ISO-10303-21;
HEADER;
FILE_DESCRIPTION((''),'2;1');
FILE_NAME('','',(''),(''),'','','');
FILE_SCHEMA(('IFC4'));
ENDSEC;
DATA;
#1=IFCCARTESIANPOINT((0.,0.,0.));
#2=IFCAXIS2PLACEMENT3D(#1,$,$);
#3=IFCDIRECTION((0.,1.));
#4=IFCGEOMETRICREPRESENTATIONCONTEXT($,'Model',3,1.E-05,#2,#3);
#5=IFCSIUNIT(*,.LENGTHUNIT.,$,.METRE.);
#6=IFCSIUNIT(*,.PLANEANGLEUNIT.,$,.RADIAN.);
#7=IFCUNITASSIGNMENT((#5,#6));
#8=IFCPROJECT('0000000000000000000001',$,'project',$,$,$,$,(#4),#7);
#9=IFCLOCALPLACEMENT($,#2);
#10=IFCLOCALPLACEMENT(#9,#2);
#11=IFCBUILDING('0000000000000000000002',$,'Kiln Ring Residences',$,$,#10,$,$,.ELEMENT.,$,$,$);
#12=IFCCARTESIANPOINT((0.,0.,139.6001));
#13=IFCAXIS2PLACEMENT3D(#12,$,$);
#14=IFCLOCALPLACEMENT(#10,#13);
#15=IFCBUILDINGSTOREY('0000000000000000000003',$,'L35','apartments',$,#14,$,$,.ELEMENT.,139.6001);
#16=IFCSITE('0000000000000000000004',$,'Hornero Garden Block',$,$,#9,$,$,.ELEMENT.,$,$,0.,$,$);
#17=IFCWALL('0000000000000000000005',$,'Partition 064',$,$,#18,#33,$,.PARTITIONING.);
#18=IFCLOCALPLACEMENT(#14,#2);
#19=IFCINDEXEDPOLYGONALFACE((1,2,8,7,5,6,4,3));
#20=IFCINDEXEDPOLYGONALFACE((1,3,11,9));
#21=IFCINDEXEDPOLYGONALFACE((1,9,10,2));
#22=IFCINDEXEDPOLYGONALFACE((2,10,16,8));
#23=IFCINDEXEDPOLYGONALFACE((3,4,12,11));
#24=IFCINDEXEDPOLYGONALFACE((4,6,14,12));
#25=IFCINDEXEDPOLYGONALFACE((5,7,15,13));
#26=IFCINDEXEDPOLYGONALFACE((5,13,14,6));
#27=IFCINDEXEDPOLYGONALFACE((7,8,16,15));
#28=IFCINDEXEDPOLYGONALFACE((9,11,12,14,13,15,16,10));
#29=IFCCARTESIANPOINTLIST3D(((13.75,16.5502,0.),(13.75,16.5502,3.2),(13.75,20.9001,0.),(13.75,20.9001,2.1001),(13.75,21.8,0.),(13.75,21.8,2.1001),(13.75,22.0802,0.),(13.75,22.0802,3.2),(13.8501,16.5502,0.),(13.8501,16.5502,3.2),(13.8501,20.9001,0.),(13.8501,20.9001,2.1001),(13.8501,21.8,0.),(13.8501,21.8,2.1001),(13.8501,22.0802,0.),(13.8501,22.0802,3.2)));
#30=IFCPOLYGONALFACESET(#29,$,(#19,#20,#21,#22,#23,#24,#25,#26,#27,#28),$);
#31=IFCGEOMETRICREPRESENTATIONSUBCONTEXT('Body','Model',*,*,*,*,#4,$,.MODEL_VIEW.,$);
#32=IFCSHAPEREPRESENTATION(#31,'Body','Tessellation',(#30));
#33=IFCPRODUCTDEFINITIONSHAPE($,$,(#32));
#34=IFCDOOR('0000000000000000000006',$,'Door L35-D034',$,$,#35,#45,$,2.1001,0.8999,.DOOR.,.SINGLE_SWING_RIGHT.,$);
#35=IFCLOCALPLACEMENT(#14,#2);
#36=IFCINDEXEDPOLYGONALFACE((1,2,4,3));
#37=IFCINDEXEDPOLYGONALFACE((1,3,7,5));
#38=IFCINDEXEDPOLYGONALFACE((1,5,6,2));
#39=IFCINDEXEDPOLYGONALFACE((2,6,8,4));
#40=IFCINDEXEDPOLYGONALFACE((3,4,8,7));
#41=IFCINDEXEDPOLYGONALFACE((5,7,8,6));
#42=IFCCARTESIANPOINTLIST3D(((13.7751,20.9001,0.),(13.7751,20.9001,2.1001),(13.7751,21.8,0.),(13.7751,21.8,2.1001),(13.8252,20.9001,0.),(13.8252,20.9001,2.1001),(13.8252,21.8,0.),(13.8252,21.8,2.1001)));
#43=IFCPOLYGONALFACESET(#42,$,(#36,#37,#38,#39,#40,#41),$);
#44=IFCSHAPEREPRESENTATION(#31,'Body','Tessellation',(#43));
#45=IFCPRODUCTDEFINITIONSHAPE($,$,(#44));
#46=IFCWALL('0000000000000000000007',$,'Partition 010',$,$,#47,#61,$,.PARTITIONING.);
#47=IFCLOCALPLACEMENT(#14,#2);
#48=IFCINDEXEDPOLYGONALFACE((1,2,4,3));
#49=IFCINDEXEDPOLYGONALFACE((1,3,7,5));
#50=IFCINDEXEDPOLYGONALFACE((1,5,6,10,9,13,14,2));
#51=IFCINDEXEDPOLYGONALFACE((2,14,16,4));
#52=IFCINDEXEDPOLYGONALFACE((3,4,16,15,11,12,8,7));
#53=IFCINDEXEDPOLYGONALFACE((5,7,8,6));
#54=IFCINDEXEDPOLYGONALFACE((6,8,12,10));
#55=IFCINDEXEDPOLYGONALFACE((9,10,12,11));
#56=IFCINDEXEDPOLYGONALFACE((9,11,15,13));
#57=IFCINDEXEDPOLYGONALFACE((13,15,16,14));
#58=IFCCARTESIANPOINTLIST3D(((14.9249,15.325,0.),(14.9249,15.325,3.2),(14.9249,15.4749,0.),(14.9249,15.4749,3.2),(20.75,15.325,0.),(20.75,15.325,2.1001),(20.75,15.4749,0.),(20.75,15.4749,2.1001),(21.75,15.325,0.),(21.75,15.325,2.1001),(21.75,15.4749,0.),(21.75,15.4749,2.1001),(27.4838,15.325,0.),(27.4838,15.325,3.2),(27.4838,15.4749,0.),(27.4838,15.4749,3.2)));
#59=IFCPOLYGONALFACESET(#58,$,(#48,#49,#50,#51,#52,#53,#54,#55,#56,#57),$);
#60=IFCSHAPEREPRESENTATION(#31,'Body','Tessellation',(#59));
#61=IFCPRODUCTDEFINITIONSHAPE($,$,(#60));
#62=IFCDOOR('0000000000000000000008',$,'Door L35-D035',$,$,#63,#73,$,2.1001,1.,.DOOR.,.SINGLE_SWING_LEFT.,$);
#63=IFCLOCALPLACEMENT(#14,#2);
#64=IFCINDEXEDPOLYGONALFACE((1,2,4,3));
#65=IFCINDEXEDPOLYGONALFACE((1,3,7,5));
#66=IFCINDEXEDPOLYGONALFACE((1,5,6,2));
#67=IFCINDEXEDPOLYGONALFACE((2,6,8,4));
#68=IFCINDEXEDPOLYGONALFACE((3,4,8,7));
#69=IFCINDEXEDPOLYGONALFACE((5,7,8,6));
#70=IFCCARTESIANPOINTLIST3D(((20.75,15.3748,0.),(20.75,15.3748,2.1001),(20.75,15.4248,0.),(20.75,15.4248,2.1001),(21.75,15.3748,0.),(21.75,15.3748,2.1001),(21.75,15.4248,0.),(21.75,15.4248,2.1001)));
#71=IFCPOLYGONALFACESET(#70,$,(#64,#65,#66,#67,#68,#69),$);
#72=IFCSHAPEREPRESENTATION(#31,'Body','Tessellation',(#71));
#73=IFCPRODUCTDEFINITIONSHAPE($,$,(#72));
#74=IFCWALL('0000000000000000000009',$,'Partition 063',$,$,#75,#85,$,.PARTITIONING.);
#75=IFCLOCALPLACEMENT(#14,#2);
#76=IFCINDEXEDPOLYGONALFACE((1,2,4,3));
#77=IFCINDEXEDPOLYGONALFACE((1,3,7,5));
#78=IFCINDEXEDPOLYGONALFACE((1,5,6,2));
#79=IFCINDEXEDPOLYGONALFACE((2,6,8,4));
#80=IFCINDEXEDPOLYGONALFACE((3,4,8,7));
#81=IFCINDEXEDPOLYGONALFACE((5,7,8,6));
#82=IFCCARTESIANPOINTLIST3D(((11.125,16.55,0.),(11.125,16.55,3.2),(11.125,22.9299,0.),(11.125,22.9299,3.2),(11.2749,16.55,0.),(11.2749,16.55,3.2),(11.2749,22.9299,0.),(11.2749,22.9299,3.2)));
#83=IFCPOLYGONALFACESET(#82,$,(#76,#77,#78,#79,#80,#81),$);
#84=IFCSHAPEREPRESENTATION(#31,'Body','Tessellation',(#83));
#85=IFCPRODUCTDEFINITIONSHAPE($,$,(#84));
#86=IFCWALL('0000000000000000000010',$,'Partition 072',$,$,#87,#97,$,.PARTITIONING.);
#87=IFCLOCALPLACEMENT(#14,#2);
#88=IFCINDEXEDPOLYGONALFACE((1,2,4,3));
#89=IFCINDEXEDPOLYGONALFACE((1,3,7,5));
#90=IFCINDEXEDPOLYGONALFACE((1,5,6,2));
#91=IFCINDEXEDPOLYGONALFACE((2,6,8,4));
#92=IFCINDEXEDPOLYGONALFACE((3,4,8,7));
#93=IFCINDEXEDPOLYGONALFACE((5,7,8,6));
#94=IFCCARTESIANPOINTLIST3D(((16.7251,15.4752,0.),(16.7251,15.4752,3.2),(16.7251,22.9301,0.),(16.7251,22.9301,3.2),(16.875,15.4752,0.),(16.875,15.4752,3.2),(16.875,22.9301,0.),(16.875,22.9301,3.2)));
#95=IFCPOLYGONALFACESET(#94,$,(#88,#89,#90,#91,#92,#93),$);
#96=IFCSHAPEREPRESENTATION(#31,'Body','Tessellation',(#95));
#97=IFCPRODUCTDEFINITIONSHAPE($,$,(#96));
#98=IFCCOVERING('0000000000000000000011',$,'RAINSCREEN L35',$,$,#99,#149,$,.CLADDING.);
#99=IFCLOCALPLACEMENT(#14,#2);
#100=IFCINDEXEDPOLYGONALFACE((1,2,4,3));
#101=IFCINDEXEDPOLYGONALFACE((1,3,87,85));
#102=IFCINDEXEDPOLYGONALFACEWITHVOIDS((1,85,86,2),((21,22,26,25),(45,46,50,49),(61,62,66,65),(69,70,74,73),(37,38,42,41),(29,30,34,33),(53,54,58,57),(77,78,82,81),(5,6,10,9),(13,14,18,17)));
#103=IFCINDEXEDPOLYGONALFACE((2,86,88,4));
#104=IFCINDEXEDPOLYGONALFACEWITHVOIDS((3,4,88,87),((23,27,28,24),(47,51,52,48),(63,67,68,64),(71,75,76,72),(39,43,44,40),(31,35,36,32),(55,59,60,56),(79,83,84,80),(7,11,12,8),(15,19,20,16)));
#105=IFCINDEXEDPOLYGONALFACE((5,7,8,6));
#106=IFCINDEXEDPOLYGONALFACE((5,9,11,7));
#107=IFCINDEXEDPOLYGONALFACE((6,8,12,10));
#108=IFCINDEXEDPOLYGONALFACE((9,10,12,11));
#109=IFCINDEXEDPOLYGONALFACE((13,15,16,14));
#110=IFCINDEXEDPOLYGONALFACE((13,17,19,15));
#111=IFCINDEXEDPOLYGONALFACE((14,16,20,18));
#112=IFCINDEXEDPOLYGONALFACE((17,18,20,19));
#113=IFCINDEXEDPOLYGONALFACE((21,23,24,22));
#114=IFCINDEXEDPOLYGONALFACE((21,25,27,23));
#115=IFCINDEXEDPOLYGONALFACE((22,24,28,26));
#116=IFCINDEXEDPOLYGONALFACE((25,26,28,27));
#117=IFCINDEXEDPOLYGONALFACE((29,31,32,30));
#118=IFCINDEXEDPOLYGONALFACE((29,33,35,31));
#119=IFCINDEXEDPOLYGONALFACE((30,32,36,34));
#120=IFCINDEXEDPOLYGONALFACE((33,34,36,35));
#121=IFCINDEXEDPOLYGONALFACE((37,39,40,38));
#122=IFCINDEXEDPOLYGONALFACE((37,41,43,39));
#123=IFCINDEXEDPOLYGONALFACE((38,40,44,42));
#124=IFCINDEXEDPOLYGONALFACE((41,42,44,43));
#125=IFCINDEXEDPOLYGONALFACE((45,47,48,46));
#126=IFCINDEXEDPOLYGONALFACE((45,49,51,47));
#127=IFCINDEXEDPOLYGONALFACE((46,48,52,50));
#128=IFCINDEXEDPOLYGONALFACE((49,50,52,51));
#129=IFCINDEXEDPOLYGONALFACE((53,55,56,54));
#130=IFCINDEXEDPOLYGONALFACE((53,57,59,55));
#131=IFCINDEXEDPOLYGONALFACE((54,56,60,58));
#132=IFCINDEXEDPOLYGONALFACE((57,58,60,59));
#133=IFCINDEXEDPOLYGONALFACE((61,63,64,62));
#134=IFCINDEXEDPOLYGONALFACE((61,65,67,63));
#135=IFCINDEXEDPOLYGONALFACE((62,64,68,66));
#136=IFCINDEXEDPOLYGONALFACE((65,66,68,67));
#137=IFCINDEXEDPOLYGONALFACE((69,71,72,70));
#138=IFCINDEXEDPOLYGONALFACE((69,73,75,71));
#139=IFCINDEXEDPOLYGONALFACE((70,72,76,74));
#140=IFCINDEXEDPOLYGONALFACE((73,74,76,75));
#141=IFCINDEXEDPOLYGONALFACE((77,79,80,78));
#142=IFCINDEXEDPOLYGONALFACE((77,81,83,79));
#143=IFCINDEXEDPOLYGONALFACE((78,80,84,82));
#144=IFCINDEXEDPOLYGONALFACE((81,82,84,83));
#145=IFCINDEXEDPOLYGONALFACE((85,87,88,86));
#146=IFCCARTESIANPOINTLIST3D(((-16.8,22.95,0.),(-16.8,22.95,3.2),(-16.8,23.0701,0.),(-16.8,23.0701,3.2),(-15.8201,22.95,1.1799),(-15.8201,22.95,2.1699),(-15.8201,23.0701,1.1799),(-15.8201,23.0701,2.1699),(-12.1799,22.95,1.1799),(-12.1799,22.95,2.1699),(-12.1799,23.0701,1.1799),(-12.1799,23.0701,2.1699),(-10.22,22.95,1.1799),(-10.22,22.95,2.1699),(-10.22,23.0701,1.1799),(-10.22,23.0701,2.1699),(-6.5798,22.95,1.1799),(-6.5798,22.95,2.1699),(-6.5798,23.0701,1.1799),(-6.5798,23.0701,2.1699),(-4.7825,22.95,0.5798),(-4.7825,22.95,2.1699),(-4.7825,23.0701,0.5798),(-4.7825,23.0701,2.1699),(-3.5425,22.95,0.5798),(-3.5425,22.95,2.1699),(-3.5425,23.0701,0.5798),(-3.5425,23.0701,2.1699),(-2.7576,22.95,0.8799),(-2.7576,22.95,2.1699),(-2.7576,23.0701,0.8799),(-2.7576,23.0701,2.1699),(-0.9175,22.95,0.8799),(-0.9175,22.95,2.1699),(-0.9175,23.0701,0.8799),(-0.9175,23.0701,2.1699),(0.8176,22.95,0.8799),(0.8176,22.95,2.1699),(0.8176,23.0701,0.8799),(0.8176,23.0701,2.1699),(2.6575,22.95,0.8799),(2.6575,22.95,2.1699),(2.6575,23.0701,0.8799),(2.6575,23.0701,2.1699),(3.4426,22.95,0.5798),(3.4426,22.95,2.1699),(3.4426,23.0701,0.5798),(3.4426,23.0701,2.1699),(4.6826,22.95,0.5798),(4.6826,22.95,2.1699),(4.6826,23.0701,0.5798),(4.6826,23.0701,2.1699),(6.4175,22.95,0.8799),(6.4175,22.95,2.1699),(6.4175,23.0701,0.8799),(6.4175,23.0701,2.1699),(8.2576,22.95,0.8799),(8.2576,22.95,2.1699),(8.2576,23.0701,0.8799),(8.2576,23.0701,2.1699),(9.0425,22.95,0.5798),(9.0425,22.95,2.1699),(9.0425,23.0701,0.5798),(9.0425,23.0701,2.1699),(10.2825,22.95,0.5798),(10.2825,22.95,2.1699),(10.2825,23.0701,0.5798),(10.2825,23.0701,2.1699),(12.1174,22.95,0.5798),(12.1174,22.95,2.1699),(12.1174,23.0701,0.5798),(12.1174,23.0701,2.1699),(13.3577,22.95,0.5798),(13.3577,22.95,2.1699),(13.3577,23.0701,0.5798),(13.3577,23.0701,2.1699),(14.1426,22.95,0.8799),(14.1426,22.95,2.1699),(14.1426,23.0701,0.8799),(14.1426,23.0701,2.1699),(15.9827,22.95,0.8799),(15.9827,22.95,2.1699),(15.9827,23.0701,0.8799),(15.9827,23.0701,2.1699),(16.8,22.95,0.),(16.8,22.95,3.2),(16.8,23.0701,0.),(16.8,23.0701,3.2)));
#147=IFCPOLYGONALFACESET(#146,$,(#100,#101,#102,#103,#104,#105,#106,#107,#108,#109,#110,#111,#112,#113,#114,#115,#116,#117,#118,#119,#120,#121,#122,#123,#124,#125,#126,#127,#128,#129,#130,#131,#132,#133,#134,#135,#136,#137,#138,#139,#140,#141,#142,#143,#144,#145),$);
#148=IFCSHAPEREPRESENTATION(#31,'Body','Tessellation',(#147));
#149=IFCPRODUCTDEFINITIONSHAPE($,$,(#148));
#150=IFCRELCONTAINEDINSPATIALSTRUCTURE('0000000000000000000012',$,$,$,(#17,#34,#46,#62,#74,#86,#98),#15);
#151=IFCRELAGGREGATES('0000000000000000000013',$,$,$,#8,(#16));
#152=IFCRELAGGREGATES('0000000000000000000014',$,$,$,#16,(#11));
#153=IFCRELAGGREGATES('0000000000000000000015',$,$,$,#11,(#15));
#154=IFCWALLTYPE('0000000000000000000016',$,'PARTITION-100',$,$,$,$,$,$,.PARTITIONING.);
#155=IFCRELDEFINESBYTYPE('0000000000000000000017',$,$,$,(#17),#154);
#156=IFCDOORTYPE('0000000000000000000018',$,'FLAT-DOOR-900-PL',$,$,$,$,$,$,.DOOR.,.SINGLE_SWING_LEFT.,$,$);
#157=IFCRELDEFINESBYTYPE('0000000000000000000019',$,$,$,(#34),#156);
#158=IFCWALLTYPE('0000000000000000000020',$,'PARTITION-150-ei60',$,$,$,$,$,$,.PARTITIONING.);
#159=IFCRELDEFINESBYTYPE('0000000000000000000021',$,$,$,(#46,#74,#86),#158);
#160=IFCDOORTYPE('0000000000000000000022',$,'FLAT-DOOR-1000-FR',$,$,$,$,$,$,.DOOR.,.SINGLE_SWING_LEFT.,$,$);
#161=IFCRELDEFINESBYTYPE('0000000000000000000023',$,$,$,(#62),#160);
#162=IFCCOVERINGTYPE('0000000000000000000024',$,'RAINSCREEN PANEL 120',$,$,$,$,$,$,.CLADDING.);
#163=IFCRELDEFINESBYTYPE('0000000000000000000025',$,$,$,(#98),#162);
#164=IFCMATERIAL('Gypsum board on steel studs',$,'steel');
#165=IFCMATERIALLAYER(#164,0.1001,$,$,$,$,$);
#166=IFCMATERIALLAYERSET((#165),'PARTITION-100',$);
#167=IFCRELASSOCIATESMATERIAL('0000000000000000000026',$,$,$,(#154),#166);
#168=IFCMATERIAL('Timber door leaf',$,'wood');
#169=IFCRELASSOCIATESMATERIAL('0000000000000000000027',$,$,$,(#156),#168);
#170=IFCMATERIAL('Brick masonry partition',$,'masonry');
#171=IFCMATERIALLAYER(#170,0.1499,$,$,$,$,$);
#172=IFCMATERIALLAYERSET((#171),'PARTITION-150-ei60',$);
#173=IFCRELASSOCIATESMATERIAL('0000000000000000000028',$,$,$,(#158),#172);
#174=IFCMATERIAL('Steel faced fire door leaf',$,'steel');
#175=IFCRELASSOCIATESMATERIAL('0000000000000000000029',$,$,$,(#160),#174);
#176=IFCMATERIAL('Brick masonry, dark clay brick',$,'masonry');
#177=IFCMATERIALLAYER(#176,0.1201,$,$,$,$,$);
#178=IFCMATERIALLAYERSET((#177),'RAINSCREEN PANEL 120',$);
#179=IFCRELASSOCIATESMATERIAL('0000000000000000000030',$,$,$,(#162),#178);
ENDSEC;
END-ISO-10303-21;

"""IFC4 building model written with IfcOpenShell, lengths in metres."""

from ifc_helpers import new_model, si_unit, direction, frame, frame_2d, origin, place, context, subcontext, project, spatial, polyline, rectangle, outline, extrude, material, layer, layer_set, type_object, element, fill, save


model = new_model("IFC4")

# Units and contexts
model_context = context("Model", 3, precision=1e-05, world=origin(), true_north=direction((0.0, 1.0)))
body_context = subcontext(model_context, "Body", "Model", "MODEL_VIEW")
ifc_project = project(units=[si_unit("LENGTHUNIT", "METRE"), si_unit("PLANEANGLEUNIT", "RADIAN")], contexts=[model_context])

# Site, building, storey
site_placement = place(None, origin())
site = spatial("IfcSite", under=ifc_project, at=site_placement, Name="Hornero Garden Block", CompositionType="ELEMENT", RefElevation=0.0)
building_placement = place(site_placement, origin())
building = spatial("IfcBuilding", under=site, at=building_placement, Name="Kiln Ring Residences", CompositionType="ELEMENT")
storey_placement = place(building_placement, frame((0.0, 0.0, 139.6001)))
storey = spatial("IfcBuildingStorey", under=building, at=storey_placement, Name="L35", Description="apartments", CompositionType="ELEMENT", Elevation=139.6001)

# Shared definitions
ifc_material_1 = material(Name="Gypsum board on steel studs", Category="steel")
ifc_layer_1 = layer(ifc_material_1, 0.1001)
ifc_layer_set_1 = layer_set([ifc_layer_1], Name="PARTITION-100")
wall_type_1 = type_object("IfcWallType", Name="PARTITION-100", PredefinedType="PARTITIONING", material=ifc_layer_set_1)
ifc_material_2 = material(Name="Timber door leaf", Category="wood")
door_type_1 = type_object("IfcDoorType", Name="FLAT-DOOR-900-PL", OperationType="SINGLE_SWING_LEFT", PredefinedType="DOOR", material=ifc_material_2)

# Walls, openings, doors
wall_1_placement = place(storey_placement, frame((13.8, 16.55, 0.0), z_axis=(0.0, 0.0, 1.0), x_axis=(0.0, 1.0, 0.0)))
wall_1 = element("IfcWall", 1, at=wall_1_placement, inside=storey, type_object=wall_type_1, Name="Partition 064", PredefinedType="PARTITIONING", context=body_context, shape_type="SweptSolid", body=[
    extrude(rectangle(XDim=5.53, YDim=0.1001, at=frame_2d((2.7651, 0.0))), origin(), (0.0, 0.0, 1.0), 3.2),
])
opening_1_placement = place(wall_1_placement, frame((4.3501, 0.0, 0.0)))
opening_1 = element("IfcOpeningElement", 2, at=opening_1_placement, cuts=wall_1, PredefinedType="OPENING", context=body_context, shape_type="SweptSolid", body=[
    extrude(rectangle(XDim=0.8999, YDim=2.1001, at=frame_2d((0.45, 1.05))), frame((0.0, 0.0601, 0.0), z_axis=(0.0, -1.0, 0.0), x_axis=(1.0, 0.0, 0.0)), (0.0, 0.0, 1.0), 0.1201),
])
door_1_placement = place(opening_1_placement, origin())
door_1 = element("IfcDoor", 3, at=door_1_placement, inside=storey, type_object=door_type_1, Name="Door L35-D034", OperationType="SINGLE_SWING_RIGHT", OverallHeight=2.1001, OverallWidth=0.8999, PredefinedType="DOOR", context=body_context, shape_type="SweptSolid", body=[
    extrude(rectangle(XDim=0.8999, YDim=2.1001, at=frame_2d((0.45, 1.05))), frame((0.0, 0.0249, 0.0), z_axis=(0.0, -1.0, 0.0), x_axis=(1.0, 0.0, 0.0)), (0.0, 0.0, 1.0), 0.05),
])
fill(opening_1, door_1)
ifc_material_3 = material(Name="Brick masonry partition", Category="masonry")
ifc_layer_2 = layer(ifc_material_3, 0.1499)
ifc_layer_set_2 = layer_set([ifc_layer_2], Name="PARTITION-150-ei60")
wall_type_2 = type_object("IfcWallType", Name="PARTITION-150-ei60", PredefinedType="PARTITIONING", material=ifc_layer_set_2)
wall_2_placement = place(storey_placement, frame((14.925, 15.3999, 0.0), z_axis=(0.0, 0.0, 1.0), x_axis=(1.0, 0.0, 0.0)))
wall_2 = element("IfcWall", 4, at=wall_2_placement, inside=storey, type_object=wall_type_2, Name="Partition 010", PredefinedType="PARTITIONING", context=body_context, shape_type="SweptSolid", body=[
    extrude(rectangle(XDim=12.5588, YDim=0.1499, at=frame_2d((6.2793, 0.0))), origin(), (0.0, 0.0, 1.0), 3.2),
])
opening_2_placement = place(wall_2_placement, frame((5.825, 0.0, 0.0)))
opening_2 = element("IfcOpeningElement", 5, at=opening_2_placement, cuts=wall_2, PredefinedType="OPENING", context=body_context, shape_type="SweptSolid", body=[
    extrude(rectangle(XDim=1.0, YDim=2.1001, at=frame_2d((0.5, 1.05))), frame((0.0, 0.085, 0.0), z_axis=(0.0, -1.0, 0.0), x_axis=(1.0, 0.0, 0.0)), (0.0, 0.0, 1.0), 0.1699),
])
ifc_material_4 = material(Name="Steel faced fire door leaf", Category="steel")
door_type_2 = type_object("IfcDoorType", Name="FLAT-DOOR-1000-FR", OperationType="SINGLE_SWING_LEFT", PredefinedType="DOOR", material=ifc_material_4)
door_2_placement = place(opening_2_placement, origin())
door_2 = element("IfcDoor", 6, at=door_2_placement, inside=storey, type_object=door_type_2, Name="Door L35-D035", OperationType="SINGLE_SWING_LEFT", OverallHeight=2.1001, OverallWidth=1.0, PredefinedType="DOOR", context=body_context, shape_type="SweptSolid", body=[
    extrude(rectangle(XDim=1.0, YDim=2.1001, at=frame_2d((0.5, 1.05))), frame((0.0, 0.0249, 0.0), z_axis=(0.0, -1.0, 0.0), x_axis=(1.0, 0.0, 0.0)), (0.0, 0.0, 1.0), 0.05),
])
fill(opening_2, door_2)

# Walls
wall_3_placement = place(storey_placement, frame((11.2, 16.55, 0.0), z_axis=(0.0, 0.0, 1.0), x_axis=(0.0, 1.0, 0.0)))
element("IfcWall", 7, at=wall_3_placement, inside=storey, type_object=wall_type_2, Name="Partition 063", PredefinedType="PARTITIONING", context=body_context, shape_type="SweptSolid", body=[
    extrude(rectangle(XDim=6.3799, YDim=0.1499, at=frame_2d((3.1899, 0.0))), origin(), (0.0, 0.0, 1.0), 3.2),
])
wall_4_placement = place(storey_placement, frame((16.8, 15.4751, 0.0), z_axis=(0.0, 0.0, 1.0), x_axis=(0.0, 1.0, 0.0)))
element("IfcWall", 8, at=wall_4_placement, inside=storey, type_object=wall_type_2, Name="Partition 072", PredefinedType="PARTITIONING", context=body_context, shape_type="SweptSolid", body=[
    extrude(rectangle(XDim=7.4548, YDim=0.1499, at=frame_2d((3.7275, 0.0))), origin(), (0.0, 0.0, 1.0), 3.2),
])

# Covering
ifc_material_5 = material(Name="Brick masonry, dark clay brick", Category="masonry")
ifc_layer_3 = layer(ifc_material_5, 0.1201)
ifc_layer_set_3 = layer_set([ifc_layer_3], Name="RAINSCREEN PANEL 120")
covering_type = type_object("IfcCoveringType", Name="RAINSCREEN PANEL 120", PredefinedType="CLADDING", material=ifc_layer_set_3)
covering_placement = place(storey_placement, frame((16.8, 23.01, 0.0), z_axis=(0.0, 0.0, 1.0), x_axis=(-1.0, 0.0, 0.0)))
element("IfcCovering", 9, at=covering_placement, inside=storey, type_object=covering_type, Name="RAINSCREEN L35", PredefinedType="CLADDING", context=body_context, shape_type="SweptSolid", body=[
    extrude(outline(polyline([(0.0, 0.0), (33.6001, 0.0), (33.6001, 3.2), (0.0, 3.2), (0.0, 0.0)]), holes=[polyline([(3.4424, 0.5798), (4.6826, 0.5798), (4.6826, 2.1699), (3.4424, 2.1699), (3.4424, 0.5798)]), polyline([(6.5176, 0.5798), (7.7576, 0.5798), (7.7576, 2.1699), (6.5176, 2.1699), (6.5176, 0.5798)]), polyline([(12.1174, 0.5798), (13.3574, 0.5798), (13.3574, 2.1699), (12.1174, 2.1699), (12.1174, 0.5798)]), polyline([(20.3425, 2.1699), (20.3425, 0.5798), (21.5825, 0.5798), (21.5825, 2.1699), (20.3425, 2.1699)]), polyline([(0.8174, 2.1699), (0.8174, 0.8799), (2.6575, 0.8799), (2.6575, 2.1699), (0.8174, 2.1699)]), polyline([(8.5425, 0.8799), (10.3826, 0.8799), (10.3826, 2.1699), (8.5425, 2.1699), (8.5425, 0.8799)]), polyline([(14.1426, 0.8799), (15.9824, 0.8799), (15.9824, 2.1699), (14.1426, 2.1699), (14.1426, 0.8799)]), polyline([(17.7175, 0.8799), (19.5576, 0.8799), (19.5576, 2.1699), (17.7175, 2.1699), (17.7175, 0.8799)]), polyline([(23.3799, 2.1699), (23.3799, 1.1799), (27.02, 1.1799), (27.02, 2.1699), (23.3799, 2.1699)]), polyline([(28.98, 2.1699), (28.98, 1.1799), (32.6201, 1.1799), (32.6201, 2.1699), (28.98, 2.1699)])]), frame((0.0, 0.0601, 0.0), z_axis=(0.0, -1.0, 0.0), x_axis=(1.0, 0.0, 0.0)), (0.0, 0.0, 1.0), 0.1201),
])

save(model, "model.ifc")
